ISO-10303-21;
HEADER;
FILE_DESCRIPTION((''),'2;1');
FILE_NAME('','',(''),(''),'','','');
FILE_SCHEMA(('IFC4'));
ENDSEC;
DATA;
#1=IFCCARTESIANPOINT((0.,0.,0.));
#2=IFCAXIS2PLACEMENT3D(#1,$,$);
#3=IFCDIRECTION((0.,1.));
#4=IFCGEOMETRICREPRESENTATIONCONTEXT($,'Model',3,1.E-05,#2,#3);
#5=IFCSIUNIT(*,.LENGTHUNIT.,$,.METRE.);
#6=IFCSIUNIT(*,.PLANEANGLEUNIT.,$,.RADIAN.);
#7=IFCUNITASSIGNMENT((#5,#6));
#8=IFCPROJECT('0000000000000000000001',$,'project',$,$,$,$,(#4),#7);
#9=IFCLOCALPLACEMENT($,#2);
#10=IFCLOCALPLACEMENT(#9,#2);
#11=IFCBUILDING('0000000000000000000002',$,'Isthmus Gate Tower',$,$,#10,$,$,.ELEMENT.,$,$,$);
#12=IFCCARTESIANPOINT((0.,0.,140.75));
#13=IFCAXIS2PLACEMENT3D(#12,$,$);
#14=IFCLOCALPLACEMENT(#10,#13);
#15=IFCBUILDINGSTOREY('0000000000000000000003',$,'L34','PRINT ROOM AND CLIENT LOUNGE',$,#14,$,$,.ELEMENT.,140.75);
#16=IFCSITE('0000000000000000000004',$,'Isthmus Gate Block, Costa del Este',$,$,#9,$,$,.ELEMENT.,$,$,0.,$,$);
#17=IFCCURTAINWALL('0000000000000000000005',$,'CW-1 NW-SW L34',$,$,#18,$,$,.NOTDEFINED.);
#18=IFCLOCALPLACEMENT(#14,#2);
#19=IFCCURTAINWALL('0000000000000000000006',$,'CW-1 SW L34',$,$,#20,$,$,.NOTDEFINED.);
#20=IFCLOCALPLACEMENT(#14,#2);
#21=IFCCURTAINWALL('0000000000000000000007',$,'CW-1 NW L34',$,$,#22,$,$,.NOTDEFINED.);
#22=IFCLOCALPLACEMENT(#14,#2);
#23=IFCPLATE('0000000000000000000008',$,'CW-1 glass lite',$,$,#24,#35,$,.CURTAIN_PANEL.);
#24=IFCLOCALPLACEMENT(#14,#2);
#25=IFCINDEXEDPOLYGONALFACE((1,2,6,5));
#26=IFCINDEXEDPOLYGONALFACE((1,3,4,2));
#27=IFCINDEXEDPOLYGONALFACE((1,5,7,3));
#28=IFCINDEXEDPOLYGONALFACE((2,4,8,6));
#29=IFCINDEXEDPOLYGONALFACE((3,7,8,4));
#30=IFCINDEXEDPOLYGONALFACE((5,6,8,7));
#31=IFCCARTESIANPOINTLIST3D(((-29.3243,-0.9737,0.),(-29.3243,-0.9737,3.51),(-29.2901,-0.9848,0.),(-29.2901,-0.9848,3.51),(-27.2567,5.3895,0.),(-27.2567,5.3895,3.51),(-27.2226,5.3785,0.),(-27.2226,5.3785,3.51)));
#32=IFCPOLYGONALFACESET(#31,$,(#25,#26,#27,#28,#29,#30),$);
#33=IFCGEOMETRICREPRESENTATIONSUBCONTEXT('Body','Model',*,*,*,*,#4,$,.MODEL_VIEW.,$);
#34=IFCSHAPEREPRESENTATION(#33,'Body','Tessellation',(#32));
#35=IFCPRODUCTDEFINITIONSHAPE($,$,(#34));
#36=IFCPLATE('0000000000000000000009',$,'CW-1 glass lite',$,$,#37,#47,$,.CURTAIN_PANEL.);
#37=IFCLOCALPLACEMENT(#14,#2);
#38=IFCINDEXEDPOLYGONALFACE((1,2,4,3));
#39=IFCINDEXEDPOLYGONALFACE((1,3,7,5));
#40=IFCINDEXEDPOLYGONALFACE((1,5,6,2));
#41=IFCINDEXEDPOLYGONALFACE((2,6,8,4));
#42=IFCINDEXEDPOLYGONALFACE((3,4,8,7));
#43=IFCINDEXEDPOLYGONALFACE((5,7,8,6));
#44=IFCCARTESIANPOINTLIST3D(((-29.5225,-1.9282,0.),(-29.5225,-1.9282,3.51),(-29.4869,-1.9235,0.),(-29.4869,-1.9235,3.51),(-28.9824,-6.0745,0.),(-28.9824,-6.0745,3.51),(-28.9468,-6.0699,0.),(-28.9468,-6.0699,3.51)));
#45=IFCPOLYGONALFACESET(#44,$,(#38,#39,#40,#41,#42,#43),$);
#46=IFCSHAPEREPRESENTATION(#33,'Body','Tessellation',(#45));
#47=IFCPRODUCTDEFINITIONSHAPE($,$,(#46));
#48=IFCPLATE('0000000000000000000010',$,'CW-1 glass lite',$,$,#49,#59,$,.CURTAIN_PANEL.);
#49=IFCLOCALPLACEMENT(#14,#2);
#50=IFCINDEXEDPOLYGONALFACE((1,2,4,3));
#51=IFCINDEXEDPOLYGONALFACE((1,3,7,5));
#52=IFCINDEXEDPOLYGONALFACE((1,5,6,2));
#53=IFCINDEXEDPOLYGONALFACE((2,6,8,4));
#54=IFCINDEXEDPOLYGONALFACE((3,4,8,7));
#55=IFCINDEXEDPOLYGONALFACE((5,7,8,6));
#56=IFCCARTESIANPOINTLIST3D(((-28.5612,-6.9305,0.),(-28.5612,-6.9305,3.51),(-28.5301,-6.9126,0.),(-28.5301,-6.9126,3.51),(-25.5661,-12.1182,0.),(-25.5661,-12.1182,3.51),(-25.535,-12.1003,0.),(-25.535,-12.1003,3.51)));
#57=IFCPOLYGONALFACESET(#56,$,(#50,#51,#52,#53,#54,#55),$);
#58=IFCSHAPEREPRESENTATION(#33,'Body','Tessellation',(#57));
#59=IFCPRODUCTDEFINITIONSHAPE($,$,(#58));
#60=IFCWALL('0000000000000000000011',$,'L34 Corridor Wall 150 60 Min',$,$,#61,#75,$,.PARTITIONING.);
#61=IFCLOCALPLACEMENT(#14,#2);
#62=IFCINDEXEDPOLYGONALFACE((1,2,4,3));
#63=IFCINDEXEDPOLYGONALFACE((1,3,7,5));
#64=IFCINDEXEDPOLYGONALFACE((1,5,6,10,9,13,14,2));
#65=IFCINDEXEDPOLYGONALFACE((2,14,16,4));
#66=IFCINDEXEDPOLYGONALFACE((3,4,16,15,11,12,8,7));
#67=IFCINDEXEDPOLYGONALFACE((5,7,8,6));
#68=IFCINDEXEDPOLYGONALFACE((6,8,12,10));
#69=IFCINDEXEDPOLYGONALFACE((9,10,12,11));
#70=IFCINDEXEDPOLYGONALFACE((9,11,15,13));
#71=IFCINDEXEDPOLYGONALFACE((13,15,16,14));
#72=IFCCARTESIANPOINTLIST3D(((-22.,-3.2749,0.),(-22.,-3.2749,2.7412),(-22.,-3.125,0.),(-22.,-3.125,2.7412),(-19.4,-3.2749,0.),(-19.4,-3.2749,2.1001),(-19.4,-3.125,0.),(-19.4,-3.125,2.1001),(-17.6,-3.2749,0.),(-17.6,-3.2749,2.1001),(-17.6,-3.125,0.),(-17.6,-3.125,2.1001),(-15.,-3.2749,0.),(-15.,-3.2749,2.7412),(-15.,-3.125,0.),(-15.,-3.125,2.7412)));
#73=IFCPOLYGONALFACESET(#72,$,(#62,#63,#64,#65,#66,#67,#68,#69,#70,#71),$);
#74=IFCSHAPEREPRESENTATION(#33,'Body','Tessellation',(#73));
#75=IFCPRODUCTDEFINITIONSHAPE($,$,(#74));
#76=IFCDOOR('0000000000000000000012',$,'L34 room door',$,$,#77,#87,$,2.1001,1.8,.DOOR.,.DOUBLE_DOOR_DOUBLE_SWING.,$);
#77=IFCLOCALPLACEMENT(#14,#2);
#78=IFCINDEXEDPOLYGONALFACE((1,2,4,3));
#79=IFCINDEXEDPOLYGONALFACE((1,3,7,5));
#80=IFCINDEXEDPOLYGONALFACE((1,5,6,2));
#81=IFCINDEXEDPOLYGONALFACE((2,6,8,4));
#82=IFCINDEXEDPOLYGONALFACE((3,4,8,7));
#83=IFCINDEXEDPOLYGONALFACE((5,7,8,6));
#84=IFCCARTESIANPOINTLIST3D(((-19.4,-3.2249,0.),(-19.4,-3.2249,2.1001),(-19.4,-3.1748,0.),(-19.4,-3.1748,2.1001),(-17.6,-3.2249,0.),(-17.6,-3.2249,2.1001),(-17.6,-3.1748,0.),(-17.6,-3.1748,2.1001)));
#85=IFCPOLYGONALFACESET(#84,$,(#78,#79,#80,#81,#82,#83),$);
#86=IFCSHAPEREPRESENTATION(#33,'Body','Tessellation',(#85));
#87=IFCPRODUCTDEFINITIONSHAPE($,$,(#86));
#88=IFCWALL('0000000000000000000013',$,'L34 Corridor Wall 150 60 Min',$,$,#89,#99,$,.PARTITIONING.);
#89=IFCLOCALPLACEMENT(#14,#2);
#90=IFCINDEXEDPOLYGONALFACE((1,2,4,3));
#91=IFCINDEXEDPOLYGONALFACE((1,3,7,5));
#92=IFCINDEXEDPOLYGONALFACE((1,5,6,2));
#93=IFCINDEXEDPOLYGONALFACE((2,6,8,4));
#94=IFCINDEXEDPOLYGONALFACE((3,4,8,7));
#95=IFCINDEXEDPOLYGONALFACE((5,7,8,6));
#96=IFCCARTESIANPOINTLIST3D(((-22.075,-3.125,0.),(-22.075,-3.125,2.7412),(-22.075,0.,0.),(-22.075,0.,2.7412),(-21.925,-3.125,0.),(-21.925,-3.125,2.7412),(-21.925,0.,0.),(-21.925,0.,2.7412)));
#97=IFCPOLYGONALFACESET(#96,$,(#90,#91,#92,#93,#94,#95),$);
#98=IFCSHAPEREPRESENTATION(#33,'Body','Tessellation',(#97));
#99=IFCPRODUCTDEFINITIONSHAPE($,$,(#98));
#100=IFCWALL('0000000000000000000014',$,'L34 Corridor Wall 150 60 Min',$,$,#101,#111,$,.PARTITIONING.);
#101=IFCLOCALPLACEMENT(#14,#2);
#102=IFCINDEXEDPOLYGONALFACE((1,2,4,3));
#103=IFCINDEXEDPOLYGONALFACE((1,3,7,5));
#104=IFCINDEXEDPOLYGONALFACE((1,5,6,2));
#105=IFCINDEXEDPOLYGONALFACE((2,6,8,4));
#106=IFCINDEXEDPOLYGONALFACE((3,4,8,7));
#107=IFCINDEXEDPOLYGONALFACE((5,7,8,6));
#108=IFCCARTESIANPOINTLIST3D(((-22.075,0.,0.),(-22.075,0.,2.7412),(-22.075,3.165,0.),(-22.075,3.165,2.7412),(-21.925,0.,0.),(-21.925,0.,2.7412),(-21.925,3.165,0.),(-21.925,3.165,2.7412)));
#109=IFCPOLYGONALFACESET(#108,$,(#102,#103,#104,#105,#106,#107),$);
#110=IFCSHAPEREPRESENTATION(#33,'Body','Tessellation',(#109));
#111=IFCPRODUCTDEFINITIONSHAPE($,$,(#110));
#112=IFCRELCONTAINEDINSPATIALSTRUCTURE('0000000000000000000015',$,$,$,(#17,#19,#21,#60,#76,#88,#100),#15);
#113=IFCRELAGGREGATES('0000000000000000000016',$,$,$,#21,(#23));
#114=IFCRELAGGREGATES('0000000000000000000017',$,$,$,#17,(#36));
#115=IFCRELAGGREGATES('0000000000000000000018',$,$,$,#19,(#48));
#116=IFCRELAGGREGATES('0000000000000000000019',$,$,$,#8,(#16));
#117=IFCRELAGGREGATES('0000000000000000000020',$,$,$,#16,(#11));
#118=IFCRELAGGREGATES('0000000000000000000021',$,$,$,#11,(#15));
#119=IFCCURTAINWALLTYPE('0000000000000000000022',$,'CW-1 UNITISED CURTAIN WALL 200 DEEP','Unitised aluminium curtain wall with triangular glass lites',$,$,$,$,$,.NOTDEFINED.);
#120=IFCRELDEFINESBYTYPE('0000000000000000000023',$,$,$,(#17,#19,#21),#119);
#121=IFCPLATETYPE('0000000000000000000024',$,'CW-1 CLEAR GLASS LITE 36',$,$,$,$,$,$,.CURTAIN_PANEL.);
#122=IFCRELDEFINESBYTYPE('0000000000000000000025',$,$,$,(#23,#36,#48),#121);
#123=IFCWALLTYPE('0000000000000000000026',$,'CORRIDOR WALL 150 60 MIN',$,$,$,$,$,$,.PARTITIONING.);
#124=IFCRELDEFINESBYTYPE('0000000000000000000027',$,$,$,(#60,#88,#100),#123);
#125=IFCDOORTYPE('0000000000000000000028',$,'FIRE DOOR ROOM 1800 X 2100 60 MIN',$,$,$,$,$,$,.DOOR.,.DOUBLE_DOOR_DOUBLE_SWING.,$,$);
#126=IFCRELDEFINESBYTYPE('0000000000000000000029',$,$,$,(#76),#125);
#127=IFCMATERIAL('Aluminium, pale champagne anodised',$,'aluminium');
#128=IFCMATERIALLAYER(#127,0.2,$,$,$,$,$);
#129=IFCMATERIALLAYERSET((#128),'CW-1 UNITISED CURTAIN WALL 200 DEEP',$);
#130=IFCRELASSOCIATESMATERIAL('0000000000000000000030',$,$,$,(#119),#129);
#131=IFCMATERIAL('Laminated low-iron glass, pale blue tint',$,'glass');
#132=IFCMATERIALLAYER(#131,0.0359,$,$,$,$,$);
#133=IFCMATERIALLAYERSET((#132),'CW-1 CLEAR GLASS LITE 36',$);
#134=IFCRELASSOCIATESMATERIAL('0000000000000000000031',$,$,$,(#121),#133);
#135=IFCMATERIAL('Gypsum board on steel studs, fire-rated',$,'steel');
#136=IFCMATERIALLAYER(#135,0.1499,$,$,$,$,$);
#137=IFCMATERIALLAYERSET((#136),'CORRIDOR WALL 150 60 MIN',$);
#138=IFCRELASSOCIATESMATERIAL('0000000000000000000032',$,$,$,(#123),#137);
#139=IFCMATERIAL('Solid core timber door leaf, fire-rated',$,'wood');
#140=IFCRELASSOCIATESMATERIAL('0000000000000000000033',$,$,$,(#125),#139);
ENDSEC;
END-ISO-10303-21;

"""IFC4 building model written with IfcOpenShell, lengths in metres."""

from ifc_helpers import new_model, si_unit, direction, frame, frame_2d, origin, origin_2d, place, context, subcontext, project, spatial, rectangle, extrude, material, layer, layer_set, type_object, element, fill, aggregate, save


model = new_model("IFC4")

# Units and contexts
model_context = context("Model", 3, precision=1e-05, world=origin(), true_north=direction((0.0, 1.0)))
body_context = subcontext(model_context, "Body", "Model", "MODEL_VIEW")
ifc_project = project(units=[si_unit("LENGTHUNIT", "METRE"), si_unit("PLANEANGLEUNIT", "RADIAN")], contexts=[model_context])

# Site, building, storey
site_placement = place(None, origin())
site = spatial("IfcSite", under=ifc_project, at=site_placement, Name="Isthmus Gate Block, Costa del Este", CompositionType="ELEMENT", RefElevation=0.0)
building_placement = place(site_placement, origin())
building = spatial("IfcBuilding", under=site, at=building_placement, Name="Isthmus Gate Tower", CompositionType="ELEMENT")
storey_placement = place(building_placement, frame((0.0, 0.0, 140.75)))
storey = spatial("IfcBuildingStorey", under=building, at=storey_placement, Name="L34", Description="PRINT ROOM AND CLIENT LOUNGE", CompositionType="ELEMENT", Elevation=140.75)

# Curtain walls
ifc_material_1 = material(Name="Aluminium, pale champagne anodised", Category="aluminium")
ifc_layer_1 = layer(ifc_material_1, 0.2)
ifc_layer_set_1 = layer_set([ifc_layer_1], Name="CW-1 UNITISED CURTAIN WALL 200 DEEP")
curtain_wall_type = type_object("IfcCurtainWallType", Name="CW-1 UNITISED CURTAIN WALL 200 DEEP", Description="Unitised aluminium curtain wall with triangular glass lites", PredefinedType="NOTDEFINED", material=ifc_layer_set_1)
curtain_wall_1_placement = place(storey_placement, origin())
curtain_wall_1 = element("IfcCurtainWall", 1, at=curtain_wall_1_placement, inside=storey, type_object=curtain_wall_type, Name="CW-1 NW-SW L34", PredefinedType="NOTDEFINED")
curtain_wall_2_placement = place(storey_placement, origin())
curtain_wall_2 = element("IfcCurtainWall", 2, at=curtain_wall_2_placement, inside=storey, type_object=curtain_wall_type, Name="CW-1 SW L34", PredefinedType="NOTDEFINED")

# Curtain wall, plate
curtain_wall_3_placement = place(storey_placement, origin())
curtain_wall_3 = element("IfcCurtainWall", 3, at=curtain_wall_3_placement, inside=storey, type_object=curtain_wall_type, Name="CW-1 NW L34", PredefinedType="NOTDEFINED")
ifc_material_2 = material(Name="Laminated low-iron glass, pale blue tint", Category="glass")
ifc_layer_2 = layer(ifc_material_2, 0.0359)
ifc_layer_set_2 = layer_set([ifc_layer_2], Name="CW-1 CLEAR GLASS LITE 36")
plate_type = type_object("IfcPlateType", Name="CW-1 CLEAR GLASS LITE 36", PredefinedType="CURTAIN_PANEL", material=ifc_layer_set_2)
plate_1_placement = place(storey_placement, frame((-28.2734, 2.2024, 0.0), z_axis=(0.0, 0.0, 1.0), x_axis=(-0.309017, -0.951057, 0.0)))
plate_1 = element("IfcPlate", 4, at=plate_1_placement, type_object=plate_type, Name="CW-1 glass lite", PredefinedType="CURTAIN_PANEL", context=body_context, shape_type="SweptSolid", body=[
    extrude(rectangle(XDim=6.6907, YDim=0.0359, at=origin_2d()), origin(), (0.0, 0.0, 1.0), 3.51),
])
aggregate(curtain_wall_3, [plate_1])

# Plates
plate_2_placement = place(storey_placement, frame((-29.2346, -3.999, 0.0), z_axis=(0.0, 0.0, 1.0), x_axis=(0.129165, -0.991623, 0.0)))
plate_2 = element("IfcPlate", 5, at=plate_2_placement, type_object=plate_type, Name="CW-1 glass lite", PredefinedType="CURTAIN_PANEL", context=body_context, shape_type="SweptSolid", body=[
    extrude(rectangle(XDim=4.1814, YDim=0.0359, at=origin_2d()), origin(), (0.0, 0.0, 1.0), 3.51),
])
aggregate(curtain_wall_1, [plate_2])
plate_3_placement = place(storey_placement, frame((-27.0481, -9.5154, 0.0), z_axis=(0.0, 0.0, 1.0), x_axis=(0.5, -0.866025, 0.0)))
plate_3 = element("IfcPlate", 6, at=plate_3_placement, type_object=plate_type, Name="CW-1 glass lite", PredefinedType="CURTAIN_PANEL", context=body_context, shape_type="SweptSolid", body=[
    extrude(rectangle(XDim=5.9902, YDim=0.0359, at=origin_2d()), origin(), (0.0, 0.0, 1.0), 3.51),
])
aggregate(curtain_wall_2, [plate_3])

# Wall, opening, door
ifc_material_3 = material(Name="Gypsum board on steel studs, fire-rated", Category="steel")
ifc_layer_3 = layer(ifc_material_3, 0.1499)
ifc_layer_set_3 = layer_set([ifc_layer_3], Name="CORRIDOR WALL 150 60 MIN")
wall_type_1 = type_object("IfcWallType", Name="CORRIDOR WALL 150 60 MIN", PredefinedType="PARTITIONING", material=ifc_layer_set_3)
wall_1_placement = place(storey_placement, frame((-15.0, -3.2, 0.0), z_axis=(0.0, 0.0, 1.0), x_axis=(-1.0, 0.0, 0.0)))
wall_1 = element("IfcWall", 7, at=wall_1_placement, inside=storey, type_object=wall_type_1, Name="L34 Corridor Wall 150 60 Min", PredefinedType="PARTITIONING", context=body_context, shape_type="SweptSolid", body=[
    extrude(rectangle(XDim=7.0, YDim=0.1499, at=frame_2d((3.5, 0.0))), origin(), (0.0, 0.0, 1.0), 2.7412),
])
opening_1_placement = place(wall_1_placement, frame((2.6001, 0.0, 0.0)))
opening_1 = element("IfcOpeningElement", 8, at=opening_1_placement, cuts=wall_1, PredefinedType="OPENING", context=body_context, shape_type="SweptSolid", body=[
    extrude(rectangle(XDim=1.8, YDim=2.1001, at=frame_2d((0.8999, 1.05))), frame((0.0, 0.085, 0.0), z_axis=(0.0, -1.0, 0.0), x_axis=(1.0, 0.0, 0.0)), (0.0, 0.0, 1.0), 0.1699),
])
ifc_material_4 = material(Name="Solid core timber door leaf, fire-rated", Category="wood")
door_type_1 = type_object("IfcDoorType", Name="FIRE DOOR ROOM 1800 X 2100 60 MIN", OperationType="DOUBLE_DOOR_DOUBLE_SWING", PredefinedType="DOOR", material=ifc_material_4)
door_1_placement = place(opening_1_placement, origin())
door_1 = element("IfcDoor", 9, at=door_1_placement, inside=storey, type_object=door_type_1, Name="L34 room door", OperationType="DOUBLE_DOOR_DOUBLE_SWING", OverallHeight=2.1001, OverallWidth=1.8, PredefinedType="DOOR", context=body_context, shape_type="SweptSolid", body=[
    extrude(rectangle(XDim=1.8, YDim=2.1001, at=frame_2d((0.8999, 1.05))), frame((0.0, 0.0249, 0.0), z_axis=(0.0, -1.0, 0.0), x_axis=(1.0, 0.0, 0.0)), (0.0, 0.0, 1.0), 0.05),
])
fill(opening_1, door_1)

# Walls
wall_2_placement = place(storey_placement, frame((-22.0, -3.125, 0.0), z_axis=(0.0, 0.0, 1.0), x_axis=(0.0, 1.0, 0.0)))
element("IfcWall", 10, at=wall_2_placement, inside=storey, type_object=wall_type_1, Name="L34 Corridor Wall 150 60 Min", PredefinedType="PARTITIONING", context=body_context, shape_type="SweptSolid", body=[
    extrude(rectangle(XDim=3.125, YDim=0.1499, at=frame_2d((1.5625, 0.0))), origin(), (0.0, 0.0, 1.0), 2.7412),
])
wall_3_placement = place(storey_placement, frame((-22.0, 0.0, 0.0), z_axis=(0.0, 0.0, 1.0), x_axis=(0.0, 1.0, 0.0)))
element("IfcWall", 11, at=wall_3_placement, inside=storey, type_object=wall_type_1, Name="L34 Corridor Wall 150 60 Min", PredefinedType="PARTITIONING", context=body_context, shape_type="SweptSolid", body=[
    extrude(rectangle(XDim=3.165, YDim=0.1499, at=frame_2d((1.5825, 0.0))), origin(), (0.0, 0.0, 1.0), 2.7412),
])

save(model, "model.ifc")
